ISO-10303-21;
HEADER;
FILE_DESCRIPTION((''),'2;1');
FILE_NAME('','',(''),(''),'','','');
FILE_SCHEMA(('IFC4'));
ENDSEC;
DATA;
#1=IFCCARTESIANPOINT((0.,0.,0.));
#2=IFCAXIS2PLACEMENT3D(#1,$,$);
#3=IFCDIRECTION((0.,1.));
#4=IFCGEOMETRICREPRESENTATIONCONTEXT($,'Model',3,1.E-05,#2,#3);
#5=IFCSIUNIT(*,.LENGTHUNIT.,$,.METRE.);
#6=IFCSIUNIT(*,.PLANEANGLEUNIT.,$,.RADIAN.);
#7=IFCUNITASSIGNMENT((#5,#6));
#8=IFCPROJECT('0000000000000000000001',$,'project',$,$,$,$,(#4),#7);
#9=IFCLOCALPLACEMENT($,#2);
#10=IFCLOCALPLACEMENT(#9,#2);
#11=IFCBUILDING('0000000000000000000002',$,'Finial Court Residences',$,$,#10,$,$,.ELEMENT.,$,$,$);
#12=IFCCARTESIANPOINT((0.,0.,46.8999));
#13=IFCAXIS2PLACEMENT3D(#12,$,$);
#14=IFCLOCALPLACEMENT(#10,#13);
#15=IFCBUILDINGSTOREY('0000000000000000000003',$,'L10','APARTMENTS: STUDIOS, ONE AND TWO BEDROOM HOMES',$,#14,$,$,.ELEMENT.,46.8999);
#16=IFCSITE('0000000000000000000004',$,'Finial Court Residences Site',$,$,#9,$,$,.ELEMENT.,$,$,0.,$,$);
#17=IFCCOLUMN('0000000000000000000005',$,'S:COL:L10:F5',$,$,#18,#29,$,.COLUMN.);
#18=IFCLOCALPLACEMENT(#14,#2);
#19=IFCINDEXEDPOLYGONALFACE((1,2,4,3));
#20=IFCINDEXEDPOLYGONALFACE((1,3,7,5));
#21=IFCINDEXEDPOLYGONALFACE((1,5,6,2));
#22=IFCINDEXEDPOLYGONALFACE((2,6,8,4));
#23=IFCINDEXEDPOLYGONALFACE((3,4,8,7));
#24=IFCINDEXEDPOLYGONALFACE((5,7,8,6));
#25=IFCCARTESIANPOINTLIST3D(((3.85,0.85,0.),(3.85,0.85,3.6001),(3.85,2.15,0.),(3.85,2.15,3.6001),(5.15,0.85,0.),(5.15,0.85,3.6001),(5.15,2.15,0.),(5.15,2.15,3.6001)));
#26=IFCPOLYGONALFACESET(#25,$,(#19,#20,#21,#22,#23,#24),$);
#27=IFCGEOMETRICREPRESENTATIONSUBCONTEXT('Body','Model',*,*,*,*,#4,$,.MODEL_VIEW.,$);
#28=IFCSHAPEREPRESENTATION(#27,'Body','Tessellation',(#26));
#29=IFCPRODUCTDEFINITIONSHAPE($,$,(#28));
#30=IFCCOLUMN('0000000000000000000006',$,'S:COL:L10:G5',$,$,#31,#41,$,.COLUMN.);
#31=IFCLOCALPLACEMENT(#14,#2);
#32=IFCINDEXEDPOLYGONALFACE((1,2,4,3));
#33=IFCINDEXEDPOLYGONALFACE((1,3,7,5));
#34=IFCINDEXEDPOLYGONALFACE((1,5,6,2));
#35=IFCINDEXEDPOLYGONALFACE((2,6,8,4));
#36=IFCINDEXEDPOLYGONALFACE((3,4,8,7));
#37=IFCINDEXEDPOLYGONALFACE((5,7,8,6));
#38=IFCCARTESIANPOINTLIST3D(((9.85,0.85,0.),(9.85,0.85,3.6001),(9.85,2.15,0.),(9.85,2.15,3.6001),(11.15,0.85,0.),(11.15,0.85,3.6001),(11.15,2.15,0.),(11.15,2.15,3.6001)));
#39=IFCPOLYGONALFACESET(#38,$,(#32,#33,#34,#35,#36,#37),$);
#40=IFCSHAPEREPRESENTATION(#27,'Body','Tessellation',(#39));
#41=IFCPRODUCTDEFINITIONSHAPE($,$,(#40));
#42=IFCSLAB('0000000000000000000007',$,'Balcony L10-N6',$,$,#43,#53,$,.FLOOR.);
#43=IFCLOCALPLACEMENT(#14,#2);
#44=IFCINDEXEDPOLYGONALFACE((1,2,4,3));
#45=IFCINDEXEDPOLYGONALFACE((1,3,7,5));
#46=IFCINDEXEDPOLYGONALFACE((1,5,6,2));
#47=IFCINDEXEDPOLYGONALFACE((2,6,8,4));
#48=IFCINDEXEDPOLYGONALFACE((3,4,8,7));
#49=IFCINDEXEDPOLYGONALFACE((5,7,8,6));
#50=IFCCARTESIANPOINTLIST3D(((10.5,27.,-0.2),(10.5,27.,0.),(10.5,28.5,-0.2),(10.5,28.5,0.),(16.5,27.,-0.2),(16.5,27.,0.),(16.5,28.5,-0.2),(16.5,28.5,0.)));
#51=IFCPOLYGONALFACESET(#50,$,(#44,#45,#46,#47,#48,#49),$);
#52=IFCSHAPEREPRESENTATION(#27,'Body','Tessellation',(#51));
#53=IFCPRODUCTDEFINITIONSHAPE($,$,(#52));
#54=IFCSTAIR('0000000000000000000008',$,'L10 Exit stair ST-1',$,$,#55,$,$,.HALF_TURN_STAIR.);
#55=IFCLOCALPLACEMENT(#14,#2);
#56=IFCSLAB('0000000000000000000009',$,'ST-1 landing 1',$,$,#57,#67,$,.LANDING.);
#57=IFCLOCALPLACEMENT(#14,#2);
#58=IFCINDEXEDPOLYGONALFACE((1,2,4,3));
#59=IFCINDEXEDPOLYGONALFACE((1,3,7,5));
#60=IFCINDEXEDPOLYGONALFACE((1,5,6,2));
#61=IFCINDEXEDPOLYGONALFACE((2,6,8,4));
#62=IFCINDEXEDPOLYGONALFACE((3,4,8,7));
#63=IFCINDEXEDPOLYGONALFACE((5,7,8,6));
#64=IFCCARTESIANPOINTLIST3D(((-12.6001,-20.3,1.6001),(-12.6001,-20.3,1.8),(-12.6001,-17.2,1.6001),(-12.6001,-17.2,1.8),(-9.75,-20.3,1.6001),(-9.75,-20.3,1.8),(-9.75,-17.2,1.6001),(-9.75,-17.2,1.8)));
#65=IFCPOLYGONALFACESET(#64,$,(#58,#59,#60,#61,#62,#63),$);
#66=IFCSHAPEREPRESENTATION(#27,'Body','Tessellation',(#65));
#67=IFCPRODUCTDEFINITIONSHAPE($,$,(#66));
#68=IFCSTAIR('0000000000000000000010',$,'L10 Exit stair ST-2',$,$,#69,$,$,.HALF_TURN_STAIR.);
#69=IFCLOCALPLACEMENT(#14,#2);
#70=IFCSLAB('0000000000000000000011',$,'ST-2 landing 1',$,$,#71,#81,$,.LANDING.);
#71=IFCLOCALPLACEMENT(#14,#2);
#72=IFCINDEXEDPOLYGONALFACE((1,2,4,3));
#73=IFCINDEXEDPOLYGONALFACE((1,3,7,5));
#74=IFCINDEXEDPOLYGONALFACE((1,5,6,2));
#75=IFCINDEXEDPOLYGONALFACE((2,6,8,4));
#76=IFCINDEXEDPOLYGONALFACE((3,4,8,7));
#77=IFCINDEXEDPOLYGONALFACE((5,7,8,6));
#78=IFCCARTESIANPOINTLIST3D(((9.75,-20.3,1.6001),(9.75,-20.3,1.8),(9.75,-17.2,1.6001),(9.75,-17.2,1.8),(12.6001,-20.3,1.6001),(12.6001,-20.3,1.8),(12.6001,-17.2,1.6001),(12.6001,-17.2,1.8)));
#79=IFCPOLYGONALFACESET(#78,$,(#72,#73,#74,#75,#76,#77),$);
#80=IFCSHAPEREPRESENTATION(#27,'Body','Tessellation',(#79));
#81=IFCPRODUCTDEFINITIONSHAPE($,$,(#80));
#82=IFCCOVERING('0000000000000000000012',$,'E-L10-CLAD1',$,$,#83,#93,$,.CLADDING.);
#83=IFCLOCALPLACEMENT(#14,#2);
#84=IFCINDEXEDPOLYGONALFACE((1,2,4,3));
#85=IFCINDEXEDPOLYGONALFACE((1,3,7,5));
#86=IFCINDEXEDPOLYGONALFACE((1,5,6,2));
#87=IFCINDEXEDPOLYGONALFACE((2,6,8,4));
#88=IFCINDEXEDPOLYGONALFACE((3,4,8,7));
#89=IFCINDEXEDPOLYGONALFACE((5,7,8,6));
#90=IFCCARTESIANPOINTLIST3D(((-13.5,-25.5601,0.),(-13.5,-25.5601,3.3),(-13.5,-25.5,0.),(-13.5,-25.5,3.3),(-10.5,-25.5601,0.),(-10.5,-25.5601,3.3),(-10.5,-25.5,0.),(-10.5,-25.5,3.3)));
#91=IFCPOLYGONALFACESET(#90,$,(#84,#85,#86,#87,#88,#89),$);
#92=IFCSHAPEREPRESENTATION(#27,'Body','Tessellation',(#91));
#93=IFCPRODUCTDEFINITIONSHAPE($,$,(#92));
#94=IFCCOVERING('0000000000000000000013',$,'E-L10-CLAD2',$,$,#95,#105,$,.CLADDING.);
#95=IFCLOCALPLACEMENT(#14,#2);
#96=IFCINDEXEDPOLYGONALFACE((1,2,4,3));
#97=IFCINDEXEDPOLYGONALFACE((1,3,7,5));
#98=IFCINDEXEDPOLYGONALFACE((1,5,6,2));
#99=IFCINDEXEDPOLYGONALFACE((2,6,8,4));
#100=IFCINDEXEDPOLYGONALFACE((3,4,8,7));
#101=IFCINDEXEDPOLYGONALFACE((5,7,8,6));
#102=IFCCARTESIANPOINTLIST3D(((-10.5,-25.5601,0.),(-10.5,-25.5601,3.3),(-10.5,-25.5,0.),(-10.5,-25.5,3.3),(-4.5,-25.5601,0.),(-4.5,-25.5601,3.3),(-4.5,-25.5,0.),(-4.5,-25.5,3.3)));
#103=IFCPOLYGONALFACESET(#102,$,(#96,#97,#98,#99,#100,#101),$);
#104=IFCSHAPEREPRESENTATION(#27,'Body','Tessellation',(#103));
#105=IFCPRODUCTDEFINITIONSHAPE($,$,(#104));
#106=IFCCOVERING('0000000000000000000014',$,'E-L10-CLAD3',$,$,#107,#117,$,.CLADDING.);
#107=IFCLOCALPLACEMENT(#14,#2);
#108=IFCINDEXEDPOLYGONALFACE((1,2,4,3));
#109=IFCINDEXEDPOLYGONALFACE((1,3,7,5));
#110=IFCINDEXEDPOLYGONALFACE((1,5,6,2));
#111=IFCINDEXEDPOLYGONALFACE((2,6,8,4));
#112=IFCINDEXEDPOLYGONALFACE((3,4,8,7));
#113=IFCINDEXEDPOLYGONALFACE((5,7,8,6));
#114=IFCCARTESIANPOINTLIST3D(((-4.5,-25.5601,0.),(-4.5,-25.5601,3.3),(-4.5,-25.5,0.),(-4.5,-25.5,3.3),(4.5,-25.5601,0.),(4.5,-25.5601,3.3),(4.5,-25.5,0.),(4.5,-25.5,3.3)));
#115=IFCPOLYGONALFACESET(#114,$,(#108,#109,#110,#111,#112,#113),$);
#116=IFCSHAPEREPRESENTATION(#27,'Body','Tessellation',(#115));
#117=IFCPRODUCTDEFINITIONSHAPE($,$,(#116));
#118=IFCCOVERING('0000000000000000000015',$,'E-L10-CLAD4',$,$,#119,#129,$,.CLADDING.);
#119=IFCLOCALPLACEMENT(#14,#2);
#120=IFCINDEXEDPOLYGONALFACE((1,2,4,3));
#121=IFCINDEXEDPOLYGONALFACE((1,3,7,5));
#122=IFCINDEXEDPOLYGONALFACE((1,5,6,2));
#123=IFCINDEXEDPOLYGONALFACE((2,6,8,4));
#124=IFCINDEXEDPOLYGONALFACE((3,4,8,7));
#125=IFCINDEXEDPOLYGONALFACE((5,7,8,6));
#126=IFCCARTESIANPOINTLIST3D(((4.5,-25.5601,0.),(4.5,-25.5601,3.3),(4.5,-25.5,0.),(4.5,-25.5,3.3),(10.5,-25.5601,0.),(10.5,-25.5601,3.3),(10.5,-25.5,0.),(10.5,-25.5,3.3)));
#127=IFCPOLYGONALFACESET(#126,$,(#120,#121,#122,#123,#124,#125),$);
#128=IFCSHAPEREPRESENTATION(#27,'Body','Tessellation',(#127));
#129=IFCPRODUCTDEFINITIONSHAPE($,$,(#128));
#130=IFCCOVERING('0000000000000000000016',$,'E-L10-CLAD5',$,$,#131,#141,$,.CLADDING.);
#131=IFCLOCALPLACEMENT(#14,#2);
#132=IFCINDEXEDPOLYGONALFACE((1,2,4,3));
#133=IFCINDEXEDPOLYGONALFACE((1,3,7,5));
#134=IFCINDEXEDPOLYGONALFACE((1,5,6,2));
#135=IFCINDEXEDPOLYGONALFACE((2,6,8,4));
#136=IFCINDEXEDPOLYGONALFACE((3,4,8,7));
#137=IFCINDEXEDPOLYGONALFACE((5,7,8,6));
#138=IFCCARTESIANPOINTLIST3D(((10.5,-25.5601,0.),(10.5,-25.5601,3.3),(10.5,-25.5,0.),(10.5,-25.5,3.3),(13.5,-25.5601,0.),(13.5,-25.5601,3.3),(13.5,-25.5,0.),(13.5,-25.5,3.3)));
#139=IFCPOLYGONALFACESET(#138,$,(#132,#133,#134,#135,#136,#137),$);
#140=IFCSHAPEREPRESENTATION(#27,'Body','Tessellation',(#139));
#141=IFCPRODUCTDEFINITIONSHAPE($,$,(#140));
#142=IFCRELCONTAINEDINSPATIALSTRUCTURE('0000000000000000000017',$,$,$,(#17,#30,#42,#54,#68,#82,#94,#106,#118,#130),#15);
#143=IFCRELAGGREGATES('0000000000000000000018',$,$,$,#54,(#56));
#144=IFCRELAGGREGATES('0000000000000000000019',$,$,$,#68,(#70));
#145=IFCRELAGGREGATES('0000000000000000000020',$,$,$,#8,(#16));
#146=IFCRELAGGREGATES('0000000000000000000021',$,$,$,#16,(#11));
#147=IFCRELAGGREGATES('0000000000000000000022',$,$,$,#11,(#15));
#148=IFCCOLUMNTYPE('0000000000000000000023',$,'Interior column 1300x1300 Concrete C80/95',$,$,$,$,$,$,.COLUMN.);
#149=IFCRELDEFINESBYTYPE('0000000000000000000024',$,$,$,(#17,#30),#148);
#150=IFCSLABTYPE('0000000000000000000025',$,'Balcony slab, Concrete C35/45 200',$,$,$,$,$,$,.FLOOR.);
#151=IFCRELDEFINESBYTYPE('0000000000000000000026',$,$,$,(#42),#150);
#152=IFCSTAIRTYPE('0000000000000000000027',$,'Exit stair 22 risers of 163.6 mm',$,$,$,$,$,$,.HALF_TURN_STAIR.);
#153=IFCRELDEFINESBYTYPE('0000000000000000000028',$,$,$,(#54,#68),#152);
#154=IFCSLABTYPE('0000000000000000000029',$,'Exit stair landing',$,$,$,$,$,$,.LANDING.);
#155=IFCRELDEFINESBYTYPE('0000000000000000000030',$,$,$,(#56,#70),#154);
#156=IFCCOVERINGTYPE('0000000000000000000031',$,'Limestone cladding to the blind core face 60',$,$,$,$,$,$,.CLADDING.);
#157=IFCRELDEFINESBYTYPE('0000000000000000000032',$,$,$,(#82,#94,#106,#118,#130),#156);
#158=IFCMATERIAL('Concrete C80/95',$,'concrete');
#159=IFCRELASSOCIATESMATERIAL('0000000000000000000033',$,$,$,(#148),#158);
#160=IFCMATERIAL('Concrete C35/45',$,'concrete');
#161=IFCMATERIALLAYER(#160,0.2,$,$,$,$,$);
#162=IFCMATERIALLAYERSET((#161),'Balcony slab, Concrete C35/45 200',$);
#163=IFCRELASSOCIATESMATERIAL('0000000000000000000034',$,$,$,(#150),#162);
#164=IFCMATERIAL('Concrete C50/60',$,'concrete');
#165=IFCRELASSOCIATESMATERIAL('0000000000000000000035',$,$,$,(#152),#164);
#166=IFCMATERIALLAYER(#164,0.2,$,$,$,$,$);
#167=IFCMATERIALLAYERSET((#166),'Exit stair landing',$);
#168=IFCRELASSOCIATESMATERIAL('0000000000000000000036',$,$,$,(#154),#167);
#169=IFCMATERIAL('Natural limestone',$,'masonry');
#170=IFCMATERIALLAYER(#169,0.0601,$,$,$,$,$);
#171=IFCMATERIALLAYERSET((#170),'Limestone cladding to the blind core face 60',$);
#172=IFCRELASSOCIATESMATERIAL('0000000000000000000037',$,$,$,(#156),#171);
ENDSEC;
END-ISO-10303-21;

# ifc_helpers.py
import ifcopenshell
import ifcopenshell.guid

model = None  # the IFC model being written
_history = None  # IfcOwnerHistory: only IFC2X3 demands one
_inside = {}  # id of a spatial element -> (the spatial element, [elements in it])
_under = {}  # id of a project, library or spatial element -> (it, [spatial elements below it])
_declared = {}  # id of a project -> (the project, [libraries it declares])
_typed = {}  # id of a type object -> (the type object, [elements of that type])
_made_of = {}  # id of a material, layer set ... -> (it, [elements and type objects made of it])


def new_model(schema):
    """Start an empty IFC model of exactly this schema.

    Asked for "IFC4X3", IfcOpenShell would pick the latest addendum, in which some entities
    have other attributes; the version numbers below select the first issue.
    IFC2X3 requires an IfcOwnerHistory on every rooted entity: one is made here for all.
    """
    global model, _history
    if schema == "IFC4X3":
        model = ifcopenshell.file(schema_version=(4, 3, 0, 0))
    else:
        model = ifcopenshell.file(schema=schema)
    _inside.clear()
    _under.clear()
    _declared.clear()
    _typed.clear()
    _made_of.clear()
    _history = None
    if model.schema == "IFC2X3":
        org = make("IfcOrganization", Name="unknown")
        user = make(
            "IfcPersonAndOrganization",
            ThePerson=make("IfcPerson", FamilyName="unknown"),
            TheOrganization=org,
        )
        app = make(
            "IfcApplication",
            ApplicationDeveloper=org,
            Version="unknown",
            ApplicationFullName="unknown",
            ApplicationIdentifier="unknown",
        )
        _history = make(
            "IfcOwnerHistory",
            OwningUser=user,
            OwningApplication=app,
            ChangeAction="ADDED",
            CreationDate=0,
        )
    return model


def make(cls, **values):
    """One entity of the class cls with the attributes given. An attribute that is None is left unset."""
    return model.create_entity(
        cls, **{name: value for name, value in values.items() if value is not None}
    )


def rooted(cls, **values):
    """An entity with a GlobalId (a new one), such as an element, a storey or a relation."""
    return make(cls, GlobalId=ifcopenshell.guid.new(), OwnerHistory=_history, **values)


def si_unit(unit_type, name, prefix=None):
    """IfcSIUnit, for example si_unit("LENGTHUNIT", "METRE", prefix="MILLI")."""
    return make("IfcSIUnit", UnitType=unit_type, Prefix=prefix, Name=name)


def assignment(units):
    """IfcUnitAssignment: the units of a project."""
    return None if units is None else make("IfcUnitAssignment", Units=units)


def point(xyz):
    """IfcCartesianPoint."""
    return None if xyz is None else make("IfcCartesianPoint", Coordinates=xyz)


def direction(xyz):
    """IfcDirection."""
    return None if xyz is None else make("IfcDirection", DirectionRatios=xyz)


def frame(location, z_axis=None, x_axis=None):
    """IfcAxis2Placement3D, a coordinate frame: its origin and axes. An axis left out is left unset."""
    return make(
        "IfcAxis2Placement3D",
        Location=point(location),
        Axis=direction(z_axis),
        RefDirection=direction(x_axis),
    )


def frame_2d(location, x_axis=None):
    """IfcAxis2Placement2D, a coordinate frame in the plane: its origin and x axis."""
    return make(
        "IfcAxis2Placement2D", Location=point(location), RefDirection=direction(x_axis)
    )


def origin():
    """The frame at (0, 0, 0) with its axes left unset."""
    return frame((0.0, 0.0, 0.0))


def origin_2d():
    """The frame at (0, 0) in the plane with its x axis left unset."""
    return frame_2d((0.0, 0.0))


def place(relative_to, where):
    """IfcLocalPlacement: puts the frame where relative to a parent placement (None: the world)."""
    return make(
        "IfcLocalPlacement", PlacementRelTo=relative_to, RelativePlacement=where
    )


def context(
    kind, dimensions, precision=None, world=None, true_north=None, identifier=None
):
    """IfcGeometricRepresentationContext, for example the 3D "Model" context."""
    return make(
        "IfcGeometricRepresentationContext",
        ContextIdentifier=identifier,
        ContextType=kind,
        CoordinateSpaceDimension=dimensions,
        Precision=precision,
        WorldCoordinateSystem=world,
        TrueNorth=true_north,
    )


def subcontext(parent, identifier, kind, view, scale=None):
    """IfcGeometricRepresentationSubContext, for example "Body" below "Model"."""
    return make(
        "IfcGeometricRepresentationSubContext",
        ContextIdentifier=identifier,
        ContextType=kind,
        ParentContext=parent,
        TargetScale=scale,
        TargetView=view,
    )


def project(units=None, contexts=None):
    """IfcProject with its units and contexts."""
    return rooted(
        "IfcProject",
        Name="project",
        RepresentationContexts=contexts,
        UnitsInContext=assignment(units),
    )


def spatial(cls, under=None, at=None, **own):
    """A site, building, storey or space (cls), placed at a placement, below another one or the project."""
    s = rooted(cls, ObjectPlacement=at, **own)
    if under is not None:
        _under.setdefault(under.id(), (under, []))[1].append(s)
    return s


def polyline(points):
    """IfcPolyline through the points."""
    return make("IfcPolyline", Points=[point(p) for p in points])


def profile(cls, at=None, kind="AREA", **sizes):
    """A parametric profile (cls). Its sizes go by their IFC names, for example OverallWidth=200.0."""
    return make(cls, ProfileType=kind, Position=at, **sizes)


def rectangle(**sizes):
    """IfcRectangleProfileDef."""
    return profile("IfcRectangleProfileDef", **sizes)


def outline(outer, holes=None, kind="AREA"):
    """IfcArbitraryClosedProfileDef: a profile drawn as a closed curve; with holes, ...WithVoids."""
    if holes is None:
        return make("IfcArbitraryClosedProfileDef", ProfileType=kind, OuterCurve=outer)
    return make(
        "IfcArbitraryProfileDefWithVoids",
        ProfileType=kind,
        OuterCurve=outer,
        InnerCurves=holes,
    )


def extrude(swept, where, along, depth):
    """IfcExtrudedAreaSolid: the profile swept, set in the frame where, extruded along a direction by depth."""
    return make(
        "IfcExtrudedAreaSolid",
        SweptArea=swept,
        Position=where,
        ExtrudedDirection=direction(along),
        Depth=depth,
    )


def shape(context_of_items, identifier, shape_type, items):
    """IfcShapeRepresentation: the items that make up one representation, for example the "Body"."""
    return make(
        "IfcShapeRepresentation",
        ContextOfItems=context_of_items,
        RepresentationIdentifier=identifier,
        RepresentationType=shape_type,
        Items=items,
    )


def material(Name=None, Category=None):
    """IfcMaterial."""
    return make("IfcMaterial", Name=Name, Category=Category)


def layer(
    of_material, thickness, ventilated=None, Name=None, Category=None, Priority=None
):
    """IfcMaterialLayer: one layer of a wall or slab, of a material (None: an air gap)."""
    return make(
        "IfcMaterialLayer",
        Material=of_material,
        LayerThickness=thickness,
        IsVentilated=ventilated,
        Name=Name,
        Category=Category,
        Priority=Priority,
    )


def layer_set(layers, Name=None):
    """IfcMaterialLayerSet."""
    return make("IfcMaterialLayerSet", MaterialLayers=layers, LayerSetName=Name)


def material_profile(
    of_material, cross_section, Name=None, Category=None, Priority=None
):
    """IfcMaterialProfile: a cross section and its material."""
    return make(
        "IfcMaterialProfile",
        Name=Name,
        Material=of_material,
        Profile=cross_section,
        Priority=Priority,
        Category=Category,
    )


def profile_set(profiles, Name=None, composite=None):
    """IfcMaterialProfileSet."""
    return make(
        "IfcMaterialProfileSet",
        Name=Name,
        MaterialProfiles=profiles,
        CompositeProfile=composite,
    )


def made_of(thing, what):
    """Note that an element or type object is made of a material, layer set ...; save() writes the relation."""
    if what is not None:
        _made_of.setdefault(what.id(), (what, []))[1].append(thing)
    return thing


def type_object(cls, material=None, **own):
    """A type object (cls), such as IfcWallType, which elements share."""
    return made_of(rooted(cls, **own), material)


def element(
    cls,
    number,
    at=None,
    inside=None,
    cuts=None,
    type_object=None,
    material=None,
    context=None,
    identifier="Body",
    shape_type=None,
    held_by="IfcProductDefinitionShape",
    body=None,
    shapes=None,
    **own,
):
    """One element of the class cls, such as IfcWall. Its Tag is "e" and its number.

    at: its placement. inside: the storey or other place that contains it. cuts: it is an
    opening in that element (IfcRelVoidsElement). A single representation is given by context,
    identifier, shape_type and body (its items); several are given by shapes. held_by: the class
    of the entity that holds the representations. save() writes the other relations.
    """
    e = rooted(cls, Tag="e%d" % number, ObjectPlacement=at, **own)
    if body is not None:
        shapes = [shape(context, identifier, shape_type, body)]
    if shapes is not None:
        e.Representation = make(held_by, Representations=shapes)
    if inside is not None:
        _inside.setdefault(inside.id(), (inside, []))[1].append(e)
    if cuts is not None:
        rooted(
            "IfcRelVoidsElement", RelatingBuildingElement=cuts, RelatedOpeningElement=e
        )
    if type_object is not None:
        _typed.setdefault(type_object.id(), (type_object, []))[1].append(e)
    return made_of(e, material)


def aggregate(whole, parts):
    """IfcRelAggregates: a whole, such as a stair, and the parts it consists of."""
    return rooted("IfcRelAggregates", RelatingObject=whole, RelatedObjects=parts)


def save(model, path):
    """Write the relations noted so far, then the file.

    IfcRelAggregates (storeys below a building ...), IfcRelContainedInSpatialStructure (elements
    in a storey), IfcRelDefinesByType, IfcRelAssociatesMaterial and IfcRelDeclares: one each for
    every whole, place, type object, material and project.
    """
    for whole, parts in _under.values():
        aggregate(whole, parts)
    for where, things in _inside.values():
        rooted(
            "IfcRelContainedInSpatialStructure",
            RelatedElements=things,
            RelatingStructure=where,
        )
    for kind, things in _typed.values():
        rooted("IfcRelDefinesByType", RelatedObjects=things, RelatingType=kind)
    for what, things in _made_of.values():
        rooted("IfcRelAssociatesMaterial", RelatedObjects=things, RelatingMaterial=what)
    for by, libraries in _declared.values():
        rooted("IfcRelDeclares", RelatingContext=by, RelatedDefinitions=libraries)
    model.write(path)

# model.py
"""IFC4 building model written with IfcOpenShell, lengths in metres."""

from ifc_helpers import new_model, si_unit, direction, frame, origin, origin_2d, place, context, subcontext, project, spatial, polyline, rectangle, outline, extrude, material, layer, layer_set, material_profile, profile_set, type_object, element, aggregate, save


model = new_model("IFC4")

# Units and contexts
model_context = context("Model", 3, precision=1e-05, world=origin(), true_north=direction((0.0, 1.0)))
body_context = subcontext(model_context, "Body", "Model", "MODEL_VIEW")
ifc_project = project(units=[si_unit("LENGTHUNIT", "METRE"), si_unit("PLANEANGLEUNIT", "RADIAN")], contexts=[model_context])

# Site, building, storey
site_placement = place(None, origin())
site = spatial("IfcSite", under=ifc_project, at=site_placement, Name="Finial Court Residences Site", CompositionType="ELEMENT", RefElevation=0.0)
building_placement = place(site_placement, origin())
building = spatial("IfcBuilding", under=site, at=building_placement, Name="Finial Court Residences", CompositionType="ELEMENT")
storey_placement = place(building_placement, frame((0.0, 0.0, 46.8999)))
storey = spatial("IfcBuildingStorey", under=building, at=storey_placement, Name="L10", Description="APARTMENTS: STUDIOS, ONE AND TWO BEDROOM HOMES", CompositionType="ELEMENT", Elevation=46.8999)

# Columns
ifc_material_1 = material(Name="Concrete C80/95", Category="concrete")
ifc_material_profile = material_profile(ifc_material_1, rectangle(XDim=1.3, YDim=1.3, at=origin_2d()), Name="1300x1300")
ifc_profile_set = profile_set([ifc_material_profile], Name="Concrete C80/95")
column_type = type_object("IfcColumnType", Name="Interior column 1300x1300 Concrete C80/95", PredefinedType="COLUMN", material=ifc_profile_set)
for number, where, z_axis, x_axis, name in (
    (1, (4.5, 1.5, 0.0), (0.0, 0.0, 1.0), (1.0, 0.0, 0.0), "S:COL:L10:F5"),
    (2, (10.5, 1.5, 0.0), (0.0, 0.0, 1.0), (1.0, 0.0, 0.0), "S:COL:L10:G5"),
):
    element("IfcColumn", number, at=place(storey_placement, frame(where, z_axis=z_axis, x_axis=x_axis)), inside=storey, type_object=column_type, Name=name, PredefinedType="COLUMN", context=body_context, shape_type="SweptSolid", body=[
        extrude(rectangle(XDim=1.3, YDim=1.3, at=origin_2d()), origin(), (0.0, 0.0, 1.0), 3.6001),
    ])

# Slab
ifc_material_2 = material(Name="Concrete C35/45", Category="concrete")
ifc_layer_1 = layer(ifc_material_2, 0.2)
ifc_layer_set_1 = layer_set([ifc_layer_1], Name="Balcony slab, Concrete C35/45 200")
slab_type_1 = type_object("IfcSlabType", Name="Balcony slab, Concrete C35/45 200", PredefinedType="FLOOR", material=ifc_layer_set_1)
slab_1_placement = place(storey_placement, frame((0.0, 0.0, -0.2)))
element("IfcSlab", 3, at=slab_1_placement, inside=storey, type_object=slab_type_1, Name="Balcony L10-N6", PredefinedType="FLOOR", context=body_context, shape_type="SweptSolid", body=[
    extrude(outline(polyline([(16.5, 27.0), (16.5, 28.5), (10.5, 28.5), (10.5, 27.0), (16.5, 27.0)])), origin(), (0.0, 0.0, 1.0), 0.2),
])

# Stairs, slabs
ifc_material_3 = material(Name="Concrete C50/60", Category="concrete")
stair_type = type_object("IfcStairType", Name="Exit stair 22 risers of 163.6 mm", PredefinedType="HALF_TURN_STAIR", material=ifc_material_3)
stair_1_placement = place(storey_placement, origin())
stair_1 = element("IfcStair", 4, at=stair_1_placement, inside=storey, type_object=stair_type, Name="L10 Exit stair ST-1", PredefinedType="HALF_TURN_STAIR")
ifc_layer_2 = layer(ifc_material_3, 0.2)
ifc_layer_set_2 = layer_set([ifc_layer_2], Name="Exit stair landing")
slab_type_2 = type_object("IfcSlabType", Name="Exit stair landing", PredefinedType="LANDING", material=ifc_layer_set_2)
slab_2_placement = place(storey_placement, frame((0.0, 0.0, 1.6001)))
slab_2 = element("IfcSlab", 5, at=slab_2_placement, type_object=slab_type_2, Name="ST-1 landing 1", PredefinedType="LANDING", context=body_context, shape_type="SweptSolid", body=[
    extrude(outline(polyline([(-9.75, -20.3), (-9.75, -17.2), (-12.6001, -17.2), (-12.6001, -20.3), (-9.75, -20.3)])), origin(), (0.0, 0.0, 1.0), 0.2),
])
aggregate(stair_1, [slab_2])
stair_2_placement = place(storey_placement, origin())
stair_2 = element("IfcStair", 6, at=stair_2_placement, inside=storey, type_object=stair_type, Name="L10 Exit stair ST-2", PredefinedType="HALF_TURN_STAIR")
slab_3_placement = place(storey_placement, frame((0.0, 0.0, 1.6001)))
slab_3 = element("IfcSlab", 7, at=slab_3_placement, type_object=slab_type_2, Name="ST-2 landing 1", PredefinedType="LANDING", context=body_context, shape_type="SweptSolid", body=[
    extrude(outline(polyline([(12.6001, -20.3), (12.6001, -17.2), (9.75, -17.2), (9.75, -20.3), (12.6001, -20.3)])), origin(), (0.0, 0.0, 1.0), 0.2),
])
aggregate(stair_2, [slab_3])

# Coverings
ifc_material_4 = material(Name="Natural limestone", Category="masonry")
ifc_layer_3 = layer(ifc_material_4, 0.0601)
ifc_layer_set_3 = layer_set([ifc_layer_3], Name="Limestone cladding to the blind core face 60")
covering_type_1 = type_object("IfcCoveringType", Name="Limestone cladding to the blind core face 60", PredefinedType="CLADDING", material=ifc_layer_set_3)
covering_1_placement = place(storey_placement, origin())
element("IfcCovering", 8, at=covering_1_placement, inside=storey, type_object=covering_type_1, Name="E-L10-CLAD1", PredefinedType="CLADDING", context=body_context, shape_type="SweptSolid", body=[
    extrude(outline(polyline([(-10.5, -25.5601), (-10.5, -25.5), (-13.5, -25.5), (-13.5, -25.5601), (-10.5, -25.5601)])), origin(), (0.0, 0.0, 1.0), 3.3),
])
covering_2_placement = place(storey_placement, origin())
element("IfcCovering", 9, at=covering_2_placement, inside=storey, type_object=covering_type_1, Name="E-L10-CLAD2", PredefinedType="CLADDING", context=body_context, shape_type="SweptSolid", body=[
    extrude(outline(polyline([(-4.5, -25.5601), (-4.5, -25.5), (-10.5, -25.5), (-10.5, -25.5601), (-4.5, -25.5601)])), origin(), (0.0, 0.0, 1.0), 3.3),
])
covering_3_placement = place(storey_placement, origin())
element("IfcCovering", 10, at=covering_3_placement, inside=storey, type_object=covering_type_1, Name="E-L10-CLAD3", PredefinedType="CLADDING", context=body_context, shape_type="SweptSolid", body=[
    extrude(outline(polyline([(4.5, -25.5601), (4.5, -25.5), (-4.5, -25.5), (-4.5, -25.5601), (4.5, -25.5601)])), origin(), (0.0, 0.0, 1.0), 3.3),
])
covering_4_placement = place(storey_placement, origin())
element("IfcCovering", 11, at=covering_4_placement, inside=storey, type_object=covering_type_1, Name="E-L10-CLAD4", PredefinedType="CLADDING", context=body_context, shape_type="SweptSolid", body=[
    extrude(outline(polyline([(10.5, -25.5601), (10.5, -25.5), (4.5, -25.5), (4.5, -25.5601), (10.5, -25.5601)])), origin(), (0.0, 0.0, 1.0), 3.3),
])
covering_5_placement = place(storey_placement, origin())
element("IfcCovering", 12, at=covering_5_placement, inside=storey, type_object=covering_type_1, Name="E-L10-CLAD5", PredefinedType="CLADDING", context=body_context, shape_type="SweptSolid", body=[
    extrude(outline(polyline([(13.5, -25.5601), (13.5, -25.5), (10.5, -25.5), (10.5, -25.5601), (13.5, -25.5601)])), origin(), (0.0, 0.0, 1.0), 3.3),
])

save(model, "model.ifc")
